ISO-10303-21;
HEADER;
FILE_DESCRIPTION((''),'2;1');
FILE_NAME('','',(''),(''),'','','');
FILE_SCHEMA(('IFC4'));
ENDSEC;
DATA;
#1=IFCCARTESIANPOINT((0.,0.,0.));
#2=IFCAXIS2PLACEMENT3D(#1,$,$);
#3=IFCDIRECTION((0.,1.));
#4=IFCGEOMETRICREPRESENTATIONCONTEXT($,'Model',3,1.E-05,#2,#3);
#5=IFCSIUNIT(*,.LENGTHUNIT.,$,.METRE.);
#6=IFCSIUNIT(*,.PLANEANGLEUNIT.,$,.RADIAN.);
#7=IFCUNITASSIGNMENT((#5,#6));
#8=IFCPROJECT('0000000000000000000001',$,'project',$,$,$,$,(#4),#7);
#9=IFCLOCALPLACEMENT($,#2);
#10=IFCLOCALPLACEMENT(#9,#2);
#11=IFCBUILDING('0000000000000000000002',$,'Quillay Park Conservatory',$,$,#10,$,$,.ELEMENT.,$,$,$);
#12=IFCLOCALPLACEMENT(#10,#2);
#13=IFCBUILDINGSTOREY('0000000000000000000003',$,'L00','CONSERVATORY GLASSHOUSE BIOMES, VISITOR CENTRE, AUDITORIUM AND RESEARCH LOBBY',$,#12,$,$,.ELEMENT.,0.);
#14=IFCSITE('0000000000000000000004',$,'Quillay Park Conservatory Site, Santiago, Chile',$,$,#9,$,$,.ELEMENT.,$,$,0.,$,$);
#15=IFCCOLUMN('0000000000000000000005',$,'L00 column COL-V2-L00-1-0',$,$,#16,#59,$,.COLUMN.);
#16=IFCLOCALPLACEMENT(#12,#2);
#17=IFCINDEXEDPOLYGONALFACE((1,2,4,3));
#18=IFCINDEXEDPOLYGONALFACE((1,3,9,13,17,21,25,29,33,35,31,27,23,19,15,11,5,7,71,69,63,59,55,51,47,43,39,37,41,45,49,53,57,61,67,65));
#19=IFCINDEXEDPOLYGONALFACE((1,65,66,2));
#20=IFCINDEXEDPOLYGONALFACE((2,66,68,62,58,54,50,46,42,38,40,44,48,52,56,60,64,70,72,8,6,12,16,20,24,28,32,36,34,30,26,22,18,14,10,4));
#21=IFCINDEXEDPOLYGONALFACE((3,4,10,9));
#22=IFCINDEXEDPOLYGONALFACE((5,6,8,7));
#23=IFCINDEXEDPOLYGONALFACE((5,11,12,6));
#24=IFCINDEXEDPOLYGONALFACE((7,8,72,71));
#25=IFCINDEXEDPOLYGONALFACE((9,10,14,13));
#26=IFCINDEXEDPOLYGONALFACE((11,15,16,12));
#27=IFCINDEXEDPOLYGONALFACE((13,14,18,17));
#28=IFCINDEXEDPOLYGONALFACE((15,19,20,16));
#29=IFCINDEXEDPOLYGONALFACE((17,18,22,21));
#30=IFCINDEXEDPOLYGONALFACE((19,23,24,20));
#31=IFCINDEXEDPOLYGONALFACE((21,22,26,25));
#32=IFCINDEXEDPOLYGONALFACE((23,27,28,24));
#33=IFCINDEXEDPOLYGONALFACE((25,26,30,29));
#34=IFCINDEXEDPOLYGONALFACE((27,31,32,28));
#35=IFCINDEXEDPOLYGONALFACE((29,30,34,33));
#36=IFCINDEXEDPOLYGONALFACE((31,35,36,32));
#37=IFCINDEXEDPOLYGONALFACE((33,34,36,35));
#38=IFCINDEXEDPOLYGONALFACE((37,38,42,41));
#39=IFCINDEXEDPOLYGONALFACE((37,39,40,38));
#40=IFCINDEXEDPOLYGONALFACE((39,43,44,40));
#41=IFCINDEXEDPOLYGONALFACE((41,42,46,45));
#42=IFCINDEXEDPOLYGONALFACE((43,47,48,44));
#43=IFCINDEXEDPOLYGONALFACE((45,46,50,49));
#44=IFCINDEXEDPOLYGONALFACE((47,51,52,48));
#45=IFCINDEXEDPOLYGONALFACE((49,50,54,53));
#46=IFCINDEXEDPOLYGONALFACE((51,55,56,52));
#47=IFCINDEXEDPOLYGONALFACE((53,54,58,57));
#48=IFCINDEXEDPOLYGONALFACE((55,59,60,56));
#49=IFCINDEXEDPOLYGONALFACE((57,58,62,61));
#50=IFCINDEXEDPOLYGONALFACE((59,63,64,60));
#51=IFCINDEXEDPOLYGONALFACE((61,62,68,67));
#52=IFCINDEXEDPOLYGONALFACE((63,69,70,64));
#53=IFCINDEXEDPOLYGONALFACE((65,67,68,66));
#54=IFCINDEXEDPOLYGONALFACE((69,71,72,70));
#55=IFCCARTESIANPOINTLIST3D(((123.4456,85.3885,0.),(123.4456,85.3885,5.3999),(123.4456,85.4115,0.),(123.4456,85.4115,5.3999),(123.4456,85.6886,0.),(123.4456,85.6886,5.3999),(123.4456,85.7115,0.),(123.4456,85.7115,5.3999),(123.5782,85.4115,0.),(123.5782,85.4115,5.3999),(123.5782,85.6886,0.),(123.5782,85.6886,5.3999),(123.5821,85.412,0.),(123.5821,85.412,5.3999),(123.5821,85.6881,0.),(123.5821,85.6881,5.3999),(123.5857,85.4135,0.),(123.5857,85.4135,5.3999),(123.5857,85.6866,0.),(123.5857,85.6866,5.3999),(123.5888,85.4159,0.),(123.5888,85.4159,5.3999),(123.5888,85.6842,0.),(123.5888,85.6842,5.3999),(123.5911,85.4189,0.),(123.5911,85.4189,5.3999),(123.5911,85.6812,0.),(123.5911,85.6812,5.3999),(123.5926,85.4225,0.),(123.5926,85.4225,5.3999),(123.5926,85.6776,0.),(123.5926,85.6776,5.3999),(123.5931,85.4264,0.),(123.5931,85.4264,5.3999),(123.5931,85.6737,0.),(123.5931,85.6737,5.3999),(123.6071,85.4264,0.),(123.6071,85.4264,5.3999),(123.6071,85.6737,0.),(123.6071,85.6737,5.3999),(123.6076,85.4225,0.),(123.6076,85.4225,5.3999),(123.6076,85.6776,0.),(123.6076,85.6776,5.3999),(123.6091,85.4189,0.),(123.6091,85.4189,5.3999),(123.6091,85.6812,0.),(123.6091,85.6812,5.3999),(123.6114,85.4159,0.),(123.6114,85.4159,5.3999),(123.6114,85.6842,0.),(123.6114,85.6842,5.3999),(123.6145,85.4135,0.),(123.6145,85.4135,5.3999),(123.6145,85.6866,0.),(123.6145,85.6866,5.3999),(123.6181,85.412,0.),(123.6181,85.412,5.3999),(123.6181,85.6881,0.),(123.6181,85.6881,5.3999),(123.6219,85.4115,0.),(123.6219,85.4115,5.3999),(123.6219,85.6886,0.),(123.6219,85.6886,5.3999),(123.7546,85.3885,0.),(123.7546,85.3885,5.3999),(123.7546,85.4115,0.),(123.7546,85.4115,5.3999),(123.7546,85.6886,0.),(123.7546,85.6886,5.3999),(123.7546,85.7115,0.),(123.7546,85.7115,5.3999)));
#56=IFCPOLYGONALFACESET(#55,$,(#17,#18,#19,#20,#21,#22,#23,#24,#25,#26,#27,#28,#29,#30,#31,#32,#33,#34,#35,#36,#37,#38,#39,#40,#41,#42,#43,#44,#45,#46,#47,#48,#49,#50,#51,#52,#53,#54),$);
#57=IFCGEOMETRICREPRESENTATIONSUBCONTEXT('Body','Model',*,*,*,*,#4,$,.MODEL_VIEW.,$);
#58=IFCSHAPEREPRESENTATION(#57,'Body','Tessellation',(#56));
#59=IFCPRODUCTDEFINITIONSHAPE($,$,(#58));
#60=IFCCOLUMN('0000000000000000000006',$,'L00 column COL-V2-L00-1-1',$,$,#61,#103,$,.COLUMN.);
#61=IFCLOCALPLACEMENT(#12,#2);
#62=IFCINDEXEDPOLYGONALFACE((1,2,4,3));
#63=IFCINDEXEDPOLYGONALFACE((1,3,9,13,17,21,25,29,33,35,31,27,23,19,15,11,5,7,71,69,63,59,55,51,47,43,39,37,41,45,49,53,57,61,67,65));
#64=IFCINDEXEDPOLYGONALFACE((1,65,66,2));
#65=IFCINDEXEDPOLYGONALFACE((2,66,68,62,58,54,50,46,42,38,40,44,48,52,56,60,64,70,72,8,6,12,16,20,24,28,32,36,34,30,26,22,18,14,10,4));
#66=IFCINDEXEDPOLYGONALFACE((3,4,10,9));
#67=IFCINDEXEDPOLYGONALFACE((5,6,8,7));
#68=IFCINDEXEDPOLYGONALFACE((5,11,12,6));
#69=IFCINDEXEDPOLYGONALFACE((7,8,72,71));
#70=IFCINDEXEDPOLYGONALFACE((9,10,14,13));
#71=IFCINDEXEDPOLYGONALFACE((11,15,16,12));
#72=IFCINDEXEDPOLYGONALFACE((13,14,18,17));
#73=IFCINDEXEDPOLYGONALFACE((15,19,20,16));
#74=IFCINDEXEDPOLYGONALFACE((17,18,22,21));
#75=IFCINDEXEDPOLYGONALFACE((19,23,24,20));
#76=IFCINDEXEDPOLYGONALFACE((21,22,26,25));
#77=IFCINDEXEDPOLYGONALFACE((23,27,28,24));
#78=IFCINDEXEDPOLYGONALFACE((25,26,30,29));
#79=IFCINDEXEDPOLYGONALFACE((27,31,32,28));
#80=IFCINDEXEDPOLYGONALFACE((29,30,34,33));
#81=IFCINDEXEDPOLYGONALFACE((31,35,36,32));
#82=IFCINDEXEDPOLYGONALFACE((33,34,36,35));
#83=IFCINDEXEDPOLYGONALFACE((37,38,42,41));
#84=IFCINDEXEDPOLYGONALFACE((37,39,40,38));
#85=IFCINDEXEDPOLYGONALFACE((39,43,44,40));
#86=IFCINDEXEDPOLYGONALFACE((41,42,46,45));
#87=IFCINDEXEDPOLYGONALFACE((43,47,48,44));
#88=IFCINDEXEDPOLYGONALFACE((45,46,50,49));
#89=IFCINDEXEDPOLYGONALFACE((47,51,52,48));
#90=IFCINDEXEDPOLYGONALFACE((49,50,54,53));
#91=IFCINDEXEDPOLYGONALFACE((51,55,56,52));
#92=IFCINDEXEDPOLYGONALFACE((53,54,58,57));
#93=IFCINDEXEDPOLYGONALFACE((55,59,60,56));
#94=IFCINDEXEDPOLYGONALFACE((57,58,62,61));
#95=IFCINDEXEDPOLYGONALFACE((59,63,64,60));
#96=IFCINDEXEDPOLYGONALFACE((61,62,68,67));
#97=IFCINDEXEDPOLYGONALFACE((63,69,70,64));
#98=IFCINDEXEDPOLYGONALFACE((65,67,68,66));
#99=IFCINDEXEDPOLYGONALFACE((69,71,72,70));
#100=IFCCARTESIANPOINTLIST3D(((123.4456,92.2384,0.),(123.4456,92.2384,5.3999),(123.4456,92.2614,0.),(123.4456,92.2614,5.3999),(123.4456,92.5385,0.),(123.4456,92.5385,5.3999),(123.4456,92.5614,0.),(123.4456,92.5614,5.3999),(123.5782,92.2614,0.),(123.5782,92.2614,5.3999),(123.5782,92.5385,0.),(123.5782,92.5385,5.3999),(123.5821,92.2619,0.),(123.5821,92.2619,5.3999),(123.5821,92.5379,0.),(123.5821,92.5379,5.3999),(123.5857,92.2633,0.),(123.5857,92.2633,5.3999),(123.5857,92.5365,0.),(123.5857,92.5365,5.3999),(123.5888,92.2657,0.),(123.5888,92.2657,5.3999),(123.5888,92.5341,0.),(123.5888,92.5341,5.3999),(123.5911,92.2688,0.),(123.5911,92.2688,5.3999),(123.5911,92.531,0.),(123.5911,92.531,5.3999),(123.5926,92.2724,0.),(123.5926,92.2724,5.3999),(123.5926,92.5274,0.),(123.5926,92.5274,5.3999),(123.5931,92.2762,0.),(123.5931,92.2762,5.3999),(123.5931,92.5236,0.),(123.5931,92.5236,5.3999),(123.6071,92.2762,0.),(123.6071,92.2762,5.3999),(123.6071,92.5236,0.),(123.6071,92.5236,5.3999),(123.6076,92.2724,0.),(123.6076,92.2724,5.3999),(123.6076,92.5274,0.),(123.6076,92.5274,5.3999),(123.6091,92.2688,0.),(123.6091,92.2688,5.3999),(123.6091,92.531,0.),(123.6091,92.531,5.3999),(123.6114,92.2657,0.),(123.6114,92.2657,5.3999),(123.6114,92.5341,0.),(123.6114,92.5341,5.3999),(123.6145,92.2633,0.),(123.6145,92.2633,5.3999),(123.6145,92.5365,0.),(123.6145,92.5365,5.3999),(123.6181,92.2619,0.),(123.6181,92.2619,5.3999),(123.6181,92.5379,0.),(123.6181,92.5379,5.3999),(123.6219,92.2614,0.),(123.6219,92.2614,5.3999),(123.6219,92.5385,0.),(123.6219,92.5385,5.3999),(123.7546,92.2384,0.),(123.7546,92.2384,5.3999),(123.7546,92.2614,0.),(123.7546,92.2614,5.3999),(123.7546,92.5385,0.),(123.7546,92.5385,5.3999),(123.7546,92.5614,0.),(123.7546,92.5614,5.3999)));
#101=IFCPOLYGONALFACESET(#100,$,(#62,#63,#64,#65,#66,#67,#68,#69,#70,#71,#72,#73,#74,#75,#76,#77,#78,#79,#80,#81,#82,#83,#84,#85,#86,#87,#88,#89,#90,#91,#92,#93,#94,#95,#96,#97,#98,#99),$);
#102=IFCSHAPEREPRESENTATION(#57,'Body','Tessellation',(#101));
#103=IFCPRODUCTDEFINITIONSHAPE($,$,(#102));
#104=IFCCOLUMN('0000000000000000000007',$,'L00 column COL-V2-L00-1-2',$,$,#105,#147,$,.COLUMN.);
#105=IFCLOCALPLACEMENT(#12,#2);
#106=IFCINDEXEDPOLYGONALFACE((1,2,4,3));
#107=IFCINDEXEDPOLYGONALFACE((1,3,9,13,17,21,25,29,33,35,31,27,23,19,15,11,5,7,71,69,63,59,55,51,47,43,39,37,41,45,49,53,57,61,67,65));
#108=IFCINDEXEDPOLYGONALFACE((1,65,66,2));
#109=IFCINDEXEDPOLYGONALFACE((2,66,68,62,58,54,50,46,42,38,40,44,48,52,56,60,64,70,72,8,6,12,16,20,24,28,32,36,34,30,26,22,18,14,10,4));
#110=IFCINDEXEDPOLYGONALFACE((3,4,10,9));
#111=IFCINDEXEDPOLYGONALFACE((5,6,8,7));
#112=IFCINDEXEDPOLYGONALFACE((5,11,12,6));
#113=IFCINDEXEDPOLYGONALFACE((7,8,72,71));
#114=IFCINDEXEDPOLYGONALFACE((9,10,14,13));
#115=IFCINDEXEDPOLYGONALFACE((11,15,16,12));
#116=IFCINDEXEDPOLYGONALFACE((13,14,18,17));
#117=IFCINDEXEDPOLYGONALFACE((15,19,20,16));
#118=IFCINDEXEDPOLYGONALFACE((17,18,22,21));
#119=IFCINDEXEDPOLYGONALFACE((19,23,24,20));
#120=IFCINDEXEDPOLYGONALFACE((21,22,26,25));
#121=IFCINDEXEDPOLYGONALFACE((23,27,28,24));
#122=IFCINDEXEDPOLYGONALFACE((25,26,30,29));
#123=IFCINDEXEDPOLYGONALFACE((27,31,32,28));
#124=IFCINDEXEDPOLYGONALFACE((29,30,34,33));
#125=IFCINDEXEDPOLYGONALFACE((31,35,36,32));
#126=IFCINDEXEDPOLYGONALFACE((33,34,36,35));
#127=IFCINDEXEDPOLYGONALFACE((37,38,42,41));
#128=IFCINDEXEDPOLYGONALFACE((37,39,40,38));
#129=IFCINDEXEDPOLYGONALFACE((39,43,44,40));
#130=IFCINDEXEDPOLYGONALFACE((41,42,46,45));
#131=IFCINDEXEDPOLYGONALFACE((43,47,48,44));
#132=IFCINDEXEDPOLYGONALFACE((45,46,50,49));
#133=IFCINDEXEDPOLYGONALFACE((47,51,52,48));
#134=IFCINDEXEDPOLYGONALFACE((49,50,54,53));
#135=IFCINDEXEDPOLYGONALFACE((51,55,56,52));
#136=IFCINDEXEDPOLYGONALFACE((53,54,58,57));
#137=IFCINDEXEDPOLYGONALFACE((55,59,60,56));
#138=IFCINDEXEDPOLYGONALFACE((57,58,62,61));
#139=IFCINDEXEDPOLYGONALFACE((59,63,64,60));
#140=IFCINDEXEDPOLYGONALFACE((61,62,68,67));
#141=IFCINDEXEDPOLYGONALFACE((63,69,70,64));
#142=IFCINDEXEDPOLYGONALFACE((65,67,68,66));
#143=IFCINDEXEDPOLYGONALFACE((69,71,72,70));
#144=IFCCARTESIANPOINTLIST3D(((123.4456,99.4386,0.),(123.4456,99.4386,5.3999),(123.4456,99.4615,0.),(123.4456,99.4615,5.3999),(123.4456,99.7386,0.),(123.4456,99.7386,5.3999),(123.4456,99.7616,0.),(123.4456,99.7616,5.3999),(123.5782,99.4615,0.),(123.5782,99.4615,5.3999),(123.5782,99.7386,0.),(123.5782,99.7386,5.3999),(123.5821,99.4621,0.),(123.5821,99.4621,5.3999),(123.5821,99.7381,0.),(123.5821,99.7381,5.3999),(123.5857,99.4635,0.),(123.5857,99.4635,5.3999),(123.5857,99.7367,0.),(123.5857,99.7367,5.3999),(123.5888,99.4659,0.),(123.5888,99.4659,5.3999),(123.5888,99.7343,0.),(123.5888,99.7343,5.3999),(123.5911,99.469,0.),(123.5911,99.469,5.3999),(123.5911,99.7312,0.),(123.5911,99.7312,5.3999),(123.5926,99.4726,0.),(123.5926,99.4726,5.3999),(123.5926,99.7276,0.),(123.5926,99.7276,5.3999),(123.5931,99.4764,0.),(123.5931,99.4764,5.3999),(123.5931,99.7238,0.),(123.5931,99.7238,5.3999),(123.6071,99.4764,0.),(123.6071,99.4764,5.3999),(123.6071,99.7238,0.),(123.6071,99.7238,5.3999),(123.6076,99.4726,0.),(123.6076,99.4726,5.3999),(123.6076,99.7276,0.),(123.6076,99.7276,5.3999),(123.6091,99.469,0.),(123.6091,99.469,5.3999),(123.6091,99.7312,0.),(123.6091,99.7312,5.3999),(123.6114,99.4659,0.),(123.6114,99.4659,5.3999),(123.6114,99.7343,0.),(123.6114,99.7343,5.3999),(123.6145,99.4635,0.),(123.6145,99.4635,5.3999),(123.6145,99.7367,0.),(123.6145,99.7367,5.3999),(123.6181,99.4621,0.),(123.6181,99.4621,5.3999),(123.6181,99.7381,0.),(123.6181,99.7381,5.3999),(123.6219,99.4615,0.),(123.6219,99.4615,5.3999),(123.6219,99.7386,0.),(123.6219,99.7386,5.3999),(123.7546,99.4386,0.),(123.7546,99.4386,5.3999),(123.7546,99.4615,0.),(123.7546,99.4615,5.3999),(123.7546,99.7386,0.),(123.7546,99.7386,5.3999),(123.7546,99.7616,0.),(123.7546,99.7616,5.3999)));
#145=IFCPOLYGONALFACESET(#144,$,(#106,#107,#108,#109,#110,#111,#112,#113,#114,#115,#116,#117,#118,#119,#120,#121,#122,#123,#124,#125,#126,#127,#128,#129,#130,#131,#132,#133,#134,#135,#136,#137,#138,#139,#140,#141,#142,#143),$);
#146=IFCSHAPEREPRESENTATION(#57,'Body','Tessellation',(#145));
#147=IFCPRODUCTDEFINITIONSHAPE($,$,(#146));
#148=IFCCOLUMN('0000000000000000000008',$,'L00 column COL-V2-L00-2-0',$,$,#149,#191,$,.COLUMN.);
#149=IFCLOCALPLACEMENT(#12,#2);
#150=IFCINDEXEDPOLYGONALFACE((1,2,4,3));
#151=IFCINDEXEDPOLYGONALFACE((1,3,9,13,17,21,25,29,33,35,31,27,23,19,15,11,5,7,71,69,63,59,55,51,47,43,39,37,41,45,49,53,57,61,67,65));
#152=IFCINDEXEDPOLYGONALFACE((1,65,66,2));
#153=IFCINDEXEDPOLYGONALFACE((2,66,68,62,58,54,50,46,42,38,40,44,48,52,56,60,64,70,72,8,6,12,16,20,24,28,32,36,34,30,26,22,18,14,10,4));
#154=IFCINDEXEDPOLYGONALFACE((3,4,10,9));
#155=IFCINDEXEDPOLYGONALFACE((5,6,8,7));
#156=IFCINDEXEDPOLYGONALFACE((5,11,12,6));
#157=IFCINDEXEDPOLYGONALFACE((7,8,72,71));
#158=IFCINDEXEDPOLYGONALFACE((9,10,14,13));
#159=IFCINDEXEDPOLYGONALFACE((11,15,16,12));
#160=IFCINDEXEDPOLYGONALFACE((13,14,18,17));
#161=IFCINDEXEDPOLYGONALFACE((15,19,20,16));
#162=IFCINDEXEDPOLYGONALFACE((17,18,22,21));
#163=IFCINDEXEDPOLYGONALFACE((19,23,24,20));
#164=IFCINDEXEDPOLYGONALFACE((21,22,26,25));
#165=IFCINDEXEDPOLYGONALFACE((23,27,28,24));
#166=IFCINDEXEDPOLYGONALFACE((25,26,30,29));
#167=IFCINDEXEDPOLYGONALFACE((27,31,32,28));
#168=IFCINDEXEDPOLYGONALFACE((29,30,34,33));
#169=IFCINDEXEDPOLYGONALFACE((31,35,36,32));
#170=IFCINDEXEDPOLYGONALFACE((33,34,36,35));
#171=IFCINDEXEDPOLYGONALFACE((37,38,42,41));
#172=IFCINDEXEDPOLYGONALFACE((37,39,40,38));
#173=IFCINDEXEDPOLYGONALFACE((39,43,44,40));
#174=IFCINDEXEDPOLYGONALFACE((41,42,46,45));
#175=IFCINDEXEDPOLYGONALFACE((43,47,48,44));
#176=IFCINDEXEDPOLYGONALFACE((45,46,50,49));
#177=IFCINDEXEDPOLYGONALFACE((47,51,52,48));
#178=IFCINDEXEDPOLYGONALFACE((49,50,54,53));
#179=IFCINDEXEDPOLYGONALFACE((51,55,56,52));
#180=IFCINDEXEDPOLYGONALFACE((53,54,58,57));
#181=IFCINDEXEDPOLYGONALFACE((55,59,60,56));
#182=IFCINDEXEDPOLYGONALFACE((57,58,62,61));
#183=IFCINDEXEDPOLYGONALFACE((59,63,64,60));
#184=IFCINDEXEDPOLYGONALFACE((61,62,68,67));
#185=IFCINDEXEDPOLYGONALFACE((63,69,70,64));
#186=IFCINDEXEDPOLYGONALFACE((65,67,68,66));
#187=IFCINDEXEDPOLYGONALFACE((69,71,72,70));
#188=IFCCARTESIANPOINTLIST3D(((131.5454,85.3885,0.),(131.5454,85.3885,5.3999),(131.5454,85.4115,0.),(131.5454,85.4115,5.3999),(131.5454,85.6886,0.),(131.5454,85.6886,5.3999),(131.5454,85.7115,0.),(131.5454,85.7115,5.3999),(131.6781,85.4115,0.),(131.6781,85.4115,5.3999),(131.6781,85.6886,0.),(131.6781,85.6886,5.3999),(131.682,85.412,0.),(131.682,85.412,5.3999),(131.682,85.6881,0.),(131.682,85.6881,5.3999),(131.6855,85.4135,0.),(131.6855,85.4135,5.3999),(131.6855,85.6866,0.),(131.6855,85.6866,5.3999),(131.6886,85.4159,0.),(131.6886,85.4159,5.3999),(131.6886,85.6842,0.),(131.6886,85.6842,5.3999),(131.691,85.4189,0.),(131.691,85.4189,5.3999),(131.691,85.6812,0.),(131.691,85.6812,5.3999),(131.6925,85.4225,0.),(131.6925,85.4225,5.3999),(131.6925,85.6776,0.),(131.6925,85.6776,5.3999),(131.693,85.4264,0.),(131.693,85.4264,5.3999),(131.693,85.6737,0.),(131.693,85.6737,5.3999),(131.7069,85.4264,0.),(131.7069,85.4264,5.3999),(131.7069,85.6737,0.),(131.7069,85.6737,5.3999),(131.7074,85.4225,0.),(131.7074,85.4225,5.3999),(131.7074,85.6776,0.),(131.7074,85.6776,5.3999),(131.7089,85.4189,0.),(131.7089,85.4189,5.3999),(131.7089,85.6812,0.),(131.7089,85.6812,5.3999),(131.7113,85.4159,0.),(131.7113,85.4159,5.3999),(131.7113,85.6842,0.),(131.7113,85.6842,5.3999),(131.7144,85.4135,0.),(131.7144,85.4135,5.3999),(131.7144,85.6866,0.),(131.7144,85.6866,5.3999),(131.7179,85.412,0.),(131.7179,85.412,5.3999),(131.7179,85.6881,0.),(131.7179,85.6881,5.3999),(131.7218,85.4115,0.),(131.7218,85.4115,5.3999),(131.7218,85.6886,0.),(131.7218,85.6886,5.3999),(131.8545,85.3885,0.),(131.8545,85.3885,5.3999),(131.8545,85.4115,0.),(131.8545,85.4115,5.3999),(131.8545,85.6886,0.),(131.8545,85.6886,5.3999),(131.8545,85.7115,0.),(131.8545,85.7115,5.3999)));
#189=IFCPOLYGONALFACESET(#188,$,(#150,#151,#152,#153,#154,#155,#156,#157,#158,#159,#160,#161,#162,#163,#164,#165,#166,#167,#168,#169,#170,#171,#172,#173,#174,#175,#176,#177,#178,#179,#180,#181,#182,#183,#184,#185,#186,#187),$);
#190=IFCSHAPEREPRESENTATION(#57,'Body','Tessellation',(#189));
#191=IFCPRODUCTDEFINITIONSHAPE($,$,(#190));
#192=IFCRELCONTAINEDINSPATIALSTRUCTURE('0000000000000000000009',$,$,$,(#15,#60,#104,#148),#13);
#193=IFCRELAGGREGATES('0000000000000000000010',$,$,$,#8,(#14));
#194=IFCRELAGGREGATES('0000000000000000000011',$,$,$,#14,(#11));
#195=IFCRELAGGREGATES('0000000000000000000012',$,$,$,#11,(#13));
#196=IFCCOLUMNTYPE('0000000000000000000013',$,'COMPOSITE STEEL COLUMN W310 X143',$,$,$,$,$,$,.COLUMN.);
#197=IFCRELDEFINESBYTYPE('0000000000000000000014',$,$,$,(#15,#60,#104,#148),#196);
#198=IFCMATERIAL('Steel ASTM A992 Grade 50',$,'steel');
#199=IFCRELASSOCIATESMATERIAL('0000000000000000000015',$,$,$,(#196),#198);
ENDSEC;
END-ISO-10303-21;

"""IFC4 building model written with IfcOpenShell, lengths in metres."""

from ifc_helpers import new_model, si_unit, direction, frame, origin, origin_2d, place, context, subcontext, project, spatial, i_section, extrude, material, material_profile, profile_set, type_object, element, save


model = new_model("IFC4")

# Units and contexts
model_context = context("Model", 3, precision=1e-05, world=origin(), true_north=direction((0.0, 1.0)))
body_context = subcontext(model_context, "Body", "Model", "MODEL_VIEW")
ifc_project = project(units=[si_unit("LENGTHUNIT", "METRE"), si_unit("PLANEANGLEUNIT", "RADIAN")], contexts=[model_context])

# Site, building, storey
site_placement = place(None, origin())
site = spatial("IfcSite", under=ifc_project, at=site_placement, Name="Quillay Park Conservatory Site, Santiago, Chile", CompositionType="ELEMENT", RefElevation=0.0)
building_placement = place(site_placement, origin())
building = spatial("IfcBuilding", under=site, at=building_placement, Name="Quillay Park Conservatory", CompositionType="ELEMENT")
storey_placement = place(building_placement, origin())
storey = spatial("IfcBuildingStorey", under=building, at=storey_placement, Name="L00", Description="CONSERVATORY GLASSHOUSE BIOMES, VISITOR CENTRE, AUDITORIUM AND RESEARCH LOBBY", CompositionType="ELEMENT", Elevation=0.0)

# Columns
ifc_material_1 = material(Name="Steel ASTM A992 Grade 50", Category="steel")
ifc_material_profile_1 = material_profile(ifc_material_1, i_section(OverallWidth=0.3091, OverallDepth=0.323, WebThickness=0.0139, FlangeThickness=0.0229, FilletRadius=0.0149, at=origin_2d()), Name="W310x143")
ifc_profile_set_1 = profile_set([ifc_material_profile_1], Name="Steel ASTM A992 Grade 50")
column_type = type_object("IfcColumnType", Name="COMPOSITE STEEL COLUMN W310 X143", PredefinedType="COLUMN", material=ifc_profile_set_1)
for number, where, z_axis, x_axis, name in (
    (1, (123.6001, 85.55, 0.0), (0.0, 0.0, 1.0), (1.0, 0.0, 0.0), "L00 column COL-V2-L00-1-0"),
    (2, (123.6001, 92.3999, 0.0), (0.0, 0.0, 1.0), (1.0, 0.0, 0.0), "L00 column COL-V2-L00-1-1"),
    (3, (123.6001, 99.6001, 0.0), (0.0, 0.0, 1.0), (1.0, 0.0, 0.0), "L00 column COL-V2-L00-1-2"),
    (4, (131.7, 85.55, 0.0), (0.0, 0.0, 1.0), (1.0, 0.0, 0.0), "L00 column COL-V2-L00-2-0"),
):
    element("IfcColumn", number, at=place(storey_placement, frame(where, z_axis=z_axis, x_axis=x_axis)), inside=storey, type_object=column_type, Name=name, PredefinedType="COLUMN", context=body_context, shape_type="SweptSolid", body=[
        extrude(i_section(OverallWidth=0.3091, OverallDepth=0.323, WebThickness=0.0139, FlangeThickness=0.0229, FilletRadius=0.0149, at=origin_2d()), origin(), (0.0, 0.0, 1.0), 5.3999),
    ])

save(model, "model.ifc")
